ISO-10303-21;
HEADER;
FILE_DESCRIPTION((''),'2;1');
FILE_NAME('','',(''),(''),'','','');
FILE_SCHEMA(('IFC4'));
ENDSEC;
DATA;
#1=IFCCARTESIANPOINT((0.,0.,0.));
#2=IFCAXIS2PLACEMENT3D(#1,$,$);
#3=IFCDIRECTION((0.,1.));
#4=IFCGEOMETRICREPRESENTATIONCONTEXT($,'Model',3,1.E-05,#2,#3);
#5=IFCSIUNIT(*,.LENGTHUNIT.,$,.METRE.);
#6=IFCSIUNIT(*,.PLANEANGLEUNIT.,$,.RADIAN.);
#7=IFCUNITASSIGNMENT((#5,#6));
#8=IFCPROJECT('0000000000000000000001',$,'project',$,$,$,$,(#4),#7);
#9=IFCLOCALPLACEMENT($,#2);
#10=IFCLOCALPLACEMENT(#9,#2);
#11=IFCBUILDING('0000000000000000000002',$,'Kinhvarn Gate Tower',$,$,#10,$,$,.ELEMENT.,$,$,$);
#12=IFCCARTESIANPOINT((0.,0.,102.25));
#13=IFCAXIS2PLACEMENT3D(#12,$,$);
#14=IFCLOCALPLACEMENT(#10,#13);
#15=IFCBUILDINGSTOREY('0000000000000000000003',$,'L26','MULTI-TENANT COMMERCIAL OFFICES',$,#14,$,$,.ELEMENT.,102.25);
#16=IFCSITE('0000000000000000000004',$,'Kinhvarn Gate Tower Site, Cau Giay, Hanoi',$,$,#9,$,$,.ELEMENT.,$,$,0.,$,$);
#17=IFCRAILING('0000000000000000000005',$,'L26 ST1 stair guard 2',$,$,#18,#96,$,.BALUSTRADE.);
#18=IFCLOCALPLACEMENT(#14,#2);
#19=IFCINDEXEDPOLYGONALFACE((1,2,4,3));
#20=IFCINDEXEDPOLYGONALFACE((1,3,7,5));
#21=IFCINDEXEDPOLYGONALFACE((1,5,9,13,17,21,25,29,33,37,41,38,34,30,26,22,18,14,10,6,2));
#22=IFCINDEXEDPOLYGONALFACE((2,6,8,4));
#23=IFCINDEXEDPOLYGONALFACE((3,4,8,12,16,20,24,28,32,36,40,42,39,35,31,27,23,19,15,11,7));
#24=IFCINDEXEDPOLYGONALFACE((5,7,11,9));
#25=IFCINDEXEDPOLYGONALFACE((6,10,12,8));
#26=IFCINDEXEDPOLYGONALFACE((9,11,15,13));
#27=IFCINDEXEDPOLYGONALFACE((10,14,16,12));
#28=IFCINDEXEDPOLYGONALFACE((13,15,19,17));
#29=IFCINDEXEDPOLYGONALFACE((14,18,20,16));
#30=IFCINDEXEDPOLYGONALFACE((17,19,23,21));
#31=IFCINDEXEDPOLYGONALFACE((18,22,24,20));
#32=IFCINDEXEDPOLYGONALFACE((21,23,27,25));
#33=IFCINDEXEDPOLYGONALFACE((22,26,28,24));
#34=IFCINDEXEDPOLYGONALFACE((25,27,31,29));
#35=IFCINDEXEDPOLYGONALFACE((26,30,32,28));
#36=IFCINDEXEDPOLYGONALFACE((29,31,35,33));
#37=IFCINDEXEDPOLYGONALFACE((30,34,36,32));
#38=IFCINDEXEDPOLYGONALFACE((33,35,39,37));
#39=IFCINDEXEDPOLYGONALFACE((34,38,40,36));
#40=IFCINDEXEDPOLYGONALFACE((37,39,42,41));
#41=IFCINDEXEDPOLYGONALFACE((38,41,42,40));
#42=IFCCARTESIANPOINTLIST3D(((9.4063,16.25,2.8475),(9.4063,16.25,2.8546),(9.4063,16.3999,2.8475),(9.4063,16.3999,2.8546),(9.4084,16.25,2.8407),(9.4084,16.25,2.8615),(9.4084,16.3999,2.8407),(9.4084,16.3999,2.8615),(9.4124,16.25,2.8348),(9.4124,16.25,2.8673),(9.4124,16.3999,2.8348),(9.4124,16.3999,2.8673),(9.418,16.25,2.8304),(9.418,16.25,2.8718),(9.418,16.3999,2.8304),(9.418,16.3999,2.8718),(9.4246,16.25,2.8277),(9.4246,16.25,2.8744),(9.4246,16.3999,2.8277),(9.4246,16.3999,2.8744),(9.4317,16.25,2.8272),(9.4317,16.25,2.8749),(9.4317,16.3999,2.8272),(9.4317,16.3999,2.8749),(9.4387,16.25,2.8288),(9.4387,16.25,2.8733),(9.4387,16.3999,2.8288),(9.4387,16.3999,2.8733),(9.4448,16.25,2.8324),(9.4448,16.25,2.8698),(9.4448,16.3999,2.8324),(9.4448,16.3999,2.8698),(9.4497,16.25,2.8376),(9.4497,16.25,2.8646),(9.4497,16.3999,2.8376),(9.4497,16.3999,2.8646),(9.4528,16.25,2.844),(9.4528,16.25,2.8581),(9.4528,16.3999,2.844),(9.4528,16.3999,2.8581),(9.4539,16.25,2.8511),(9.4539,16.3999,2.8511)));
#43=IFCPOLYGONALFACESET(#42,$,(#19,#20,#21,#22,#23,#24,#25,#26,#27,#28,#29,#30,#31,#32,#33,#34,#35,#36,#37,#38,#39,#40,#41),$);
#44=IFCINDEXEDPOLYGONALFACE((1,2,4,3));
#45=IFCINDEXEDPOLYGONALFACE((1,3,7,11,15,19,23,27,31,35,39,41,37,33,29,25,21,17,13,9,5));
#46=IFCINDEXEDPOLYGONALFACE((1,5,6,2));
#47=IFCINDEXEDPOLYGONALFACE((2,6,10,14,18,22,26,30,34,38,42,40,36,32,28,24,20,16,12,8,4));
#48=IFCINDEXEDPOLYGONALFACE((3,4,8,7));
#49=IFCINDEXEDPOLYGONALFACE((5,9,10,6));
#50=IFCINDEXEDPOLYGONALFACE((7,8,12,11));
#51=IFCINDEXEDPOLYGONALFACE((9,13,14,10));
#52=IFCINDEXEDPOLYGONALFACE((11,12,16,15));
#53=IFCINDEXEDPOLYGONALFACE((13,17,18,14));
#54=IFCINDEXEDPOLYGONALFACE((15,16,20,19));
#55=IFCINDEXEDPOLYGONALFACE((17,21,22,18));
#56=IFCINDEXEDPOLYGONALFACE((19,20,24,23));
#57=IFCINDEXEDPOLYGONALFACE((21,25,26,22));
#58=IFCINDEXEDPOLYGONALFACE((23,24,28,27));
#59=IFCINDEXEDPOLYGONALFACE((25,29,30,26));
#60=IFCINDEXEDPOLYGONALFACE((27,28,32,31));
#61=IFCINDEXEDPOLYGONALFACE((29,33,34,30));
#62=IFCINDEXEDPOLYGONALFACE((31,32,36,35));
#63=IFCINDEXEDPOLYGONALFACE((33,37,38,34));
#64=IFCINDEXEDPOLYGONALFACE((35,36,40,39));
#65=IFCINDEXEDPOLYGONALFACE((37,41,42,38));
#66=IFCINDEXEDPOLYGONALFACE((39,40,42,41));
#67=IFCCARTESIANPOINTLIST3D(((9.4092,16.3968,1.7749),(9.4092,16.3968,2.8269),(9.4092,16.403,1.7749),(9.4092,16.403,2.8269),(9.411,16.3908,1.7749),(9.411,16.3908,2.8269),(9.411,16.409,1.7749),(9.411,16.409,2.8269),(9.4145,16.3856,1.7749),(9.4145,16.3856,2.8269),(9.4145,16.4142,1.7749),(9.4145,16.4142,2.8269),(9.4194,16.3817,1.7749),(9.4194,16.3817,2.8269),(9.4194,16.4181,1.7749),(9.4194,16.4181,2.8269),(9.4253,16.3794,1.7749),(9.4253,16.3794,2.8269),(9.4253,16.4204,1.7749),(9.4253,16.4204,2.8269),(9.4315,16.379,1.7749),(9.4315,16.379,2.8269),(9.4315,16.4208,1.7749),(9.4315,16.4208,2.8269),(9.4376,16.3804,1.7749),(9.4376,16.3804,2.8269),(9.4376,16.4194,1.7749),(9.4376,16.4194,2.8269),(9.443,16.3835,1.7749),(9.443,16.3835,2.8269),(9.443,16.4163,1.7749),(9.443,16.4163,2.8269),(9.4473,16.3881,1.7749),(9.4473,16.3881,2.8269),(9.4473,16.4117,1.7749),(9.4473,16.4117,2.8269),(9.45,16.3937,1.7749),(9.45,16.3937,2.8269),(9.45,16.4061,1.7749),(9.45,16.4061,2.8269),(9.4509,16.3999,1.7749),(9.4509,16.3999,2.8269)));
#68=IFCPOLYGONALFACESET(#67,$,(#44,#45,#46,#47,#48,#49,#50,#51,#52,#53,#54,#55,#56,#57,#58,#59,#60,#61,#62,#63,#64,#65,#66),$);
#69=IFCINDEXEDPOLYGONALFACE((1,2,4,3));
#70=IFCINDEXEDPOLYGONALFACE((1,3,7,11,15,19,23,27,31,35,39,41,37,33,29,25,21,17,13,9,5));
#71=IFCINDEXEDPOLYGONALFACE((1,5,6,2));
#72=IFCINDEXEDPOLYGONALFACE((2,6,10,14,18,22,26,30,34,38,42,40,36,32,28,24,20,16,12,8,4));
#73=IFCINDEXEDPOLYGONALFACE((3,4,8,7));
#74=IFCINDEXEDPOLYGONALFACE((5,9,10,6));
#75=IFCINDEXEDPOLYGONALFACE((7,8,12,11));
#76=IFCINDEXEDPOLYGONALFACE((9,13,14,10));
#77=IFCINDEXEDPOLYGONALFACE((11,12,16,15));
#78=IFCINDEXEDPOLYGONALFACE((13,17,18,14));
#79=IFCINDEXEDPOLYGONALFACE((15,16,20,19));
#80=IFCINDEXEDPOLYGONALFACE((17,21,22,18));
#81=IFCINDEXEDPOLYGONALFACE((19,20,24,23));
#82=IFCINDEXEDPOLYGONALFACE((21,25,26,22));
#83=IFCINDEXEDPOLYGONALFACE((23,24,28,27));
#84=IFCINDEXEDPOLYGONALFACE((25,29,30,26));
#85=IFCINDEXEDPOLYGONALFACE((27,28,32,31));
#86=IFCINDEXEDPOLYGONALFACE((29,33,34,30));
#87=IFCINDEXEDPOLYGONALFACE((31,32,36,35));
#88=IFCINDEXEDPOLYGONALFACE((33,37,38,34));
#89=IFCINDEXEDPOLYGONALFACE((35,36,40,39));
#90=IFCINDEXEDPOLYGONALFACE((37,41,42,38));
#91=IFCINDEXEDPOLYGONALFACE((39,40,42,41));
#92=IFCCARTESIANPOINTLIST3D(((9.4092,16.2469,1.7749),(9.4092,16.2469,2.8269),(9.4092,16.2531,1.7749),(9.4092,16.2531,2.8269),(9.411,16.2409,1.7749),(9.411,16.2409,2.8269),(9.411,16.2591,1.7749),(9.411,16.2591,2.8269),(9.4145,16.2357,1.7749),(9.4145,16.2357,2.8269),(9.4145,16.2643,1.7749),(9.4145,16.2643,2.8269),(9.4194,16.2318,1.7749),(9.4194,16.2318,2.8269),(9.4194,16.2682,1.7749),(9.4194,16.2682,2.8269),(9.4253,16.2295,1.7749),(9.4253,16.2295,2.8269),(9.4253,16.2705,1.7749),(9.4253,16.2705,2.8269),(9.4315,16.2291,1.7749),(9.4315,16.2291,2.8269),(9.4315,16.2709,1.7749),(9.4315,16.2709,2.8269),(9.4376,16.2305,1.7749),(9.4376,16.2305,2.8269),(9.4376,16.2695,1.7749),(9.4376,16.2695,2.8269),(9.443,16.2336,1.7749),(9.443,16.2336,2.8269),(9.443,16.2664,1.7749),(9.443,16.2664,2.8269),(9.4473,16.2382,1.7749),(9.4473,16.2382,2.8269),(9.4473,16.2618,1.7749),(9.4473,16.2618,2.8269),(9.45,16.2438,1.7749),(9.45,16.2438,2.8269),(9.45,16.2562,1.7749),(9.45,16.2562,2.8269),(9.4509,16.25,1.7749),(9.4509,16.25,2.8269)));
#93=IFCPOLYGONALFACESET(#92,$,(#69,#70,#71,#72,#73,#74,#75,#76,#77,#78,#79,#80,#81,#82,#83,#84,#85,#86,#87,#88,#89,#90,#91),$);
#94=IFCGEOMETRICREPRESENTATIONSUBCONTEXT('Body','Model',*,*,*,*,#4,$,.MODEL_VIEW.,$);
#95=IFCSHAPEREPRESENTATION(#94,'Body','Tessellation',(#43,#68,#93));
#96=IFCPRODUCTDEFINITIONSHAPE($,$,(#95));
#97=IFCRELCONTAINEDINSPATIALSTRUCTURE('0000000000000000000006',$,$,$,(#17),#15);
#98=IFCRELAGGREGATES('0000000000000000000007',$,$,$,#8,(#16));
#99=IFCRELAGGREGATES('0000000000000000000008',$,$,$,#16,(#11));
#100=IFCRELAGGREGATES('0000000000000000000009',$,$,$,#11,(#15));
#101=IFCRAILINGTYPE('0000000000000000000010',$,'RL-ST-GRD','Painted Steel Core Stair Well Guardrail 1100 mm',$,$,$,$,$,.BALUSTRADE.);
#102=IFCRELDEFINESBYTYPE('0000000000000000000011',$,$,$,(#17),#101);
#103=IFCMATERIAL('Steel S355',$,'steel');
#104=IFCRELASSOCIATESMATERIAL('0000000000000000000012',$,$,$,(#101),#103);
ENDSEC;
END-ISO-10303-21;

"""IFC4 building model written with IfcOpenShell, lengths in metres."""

from ifc_helpers import new_model, si_unit, direction, frame, origin, origin_2d, place, context, subcontext, project, spatial, circle, extrude, material, type_object, element, save


model = new_model("IFC4")

# Units and contexts
model_context = context("Model", 3, precision=1e-05, world=origin(), true_north=direction((0.0, 1.0)))
body_context = subcontext(model_context, "Body", "Model", "MODEL_VIEW")
ifc_project = project(units=[si_unit("LENGTHUNIT", "METRE"), si_unit("PLANEANGLEUNIT", "RADIAN")], contexts=[model_context])

# Site, building, storey
site_placement = place(None, origin())
site = spatial("IfcSite", under=ifc_project, at=site_placement, Name="Kinhvarn Gate Tower Site, Cau Giay, Hanoi", CompositionType="ELEMENT", RefElevation=0.0)
building_placement = place(site_placement, origin())
building = spatial("IfcBuilding", under=site, at=building_placement, Name="Kinhvarn Gate Tower", CompositionType="ELEMENT")
storey_placement = place(building_placement, frame((0.0, 0.0, 102.25)))
storey = spatial("IfcBuildingStorey", under=building, at=storey_placement, Name="L26", Description="MULTI-TENANT COMMERCIAL OFFICES", CompositionType="ELEMENT", Elevation=102.25)

# Shared definitions
ifc_material_1 = material(Name="Steel S355", Category="steel")

# Railing
railing_type_1 = type_object("IfcRailingType", Name="RL-ST-GRD", Description="Painted Steel Core Stair Well Guardrail 1100 mm", PredefinedType="BALUSTRADE", material=ifc_material_1)
railing_1_placement = place(storey_placement, frame((9.4299, 16.3999, 1.7749)))
element("IfcRailing", 1, at=railing_1_placement, inside=storey, type_object=railing_type_1, Name="L26 ST1 stair guard 2", PredefinedType="BALUSTRADE", context=body_context, shape_type="SweptSolid", body=[
    extrude(circle(Radius=0.0239, at=origin_2d()), frame((0.0, 0.0, 1.0762), z_axis=(0.0, -1.0, 0.0), x_axis=(1.0, 0.0, 0.0)), (0.0, 0.0, 1.0), 0.1499),
    extrude(circle(Radius=0.021, at=origin_2d()), origin(), (0.0, 0.0, 1.0), 1.052),
    extrude(circle(Radius=0.021, at=origin_2d()), frame((0.0, -0.1499, 0.0)), (0.0, 0.0, 1.0), 1.052),
])

save(model, "model.ifc")
